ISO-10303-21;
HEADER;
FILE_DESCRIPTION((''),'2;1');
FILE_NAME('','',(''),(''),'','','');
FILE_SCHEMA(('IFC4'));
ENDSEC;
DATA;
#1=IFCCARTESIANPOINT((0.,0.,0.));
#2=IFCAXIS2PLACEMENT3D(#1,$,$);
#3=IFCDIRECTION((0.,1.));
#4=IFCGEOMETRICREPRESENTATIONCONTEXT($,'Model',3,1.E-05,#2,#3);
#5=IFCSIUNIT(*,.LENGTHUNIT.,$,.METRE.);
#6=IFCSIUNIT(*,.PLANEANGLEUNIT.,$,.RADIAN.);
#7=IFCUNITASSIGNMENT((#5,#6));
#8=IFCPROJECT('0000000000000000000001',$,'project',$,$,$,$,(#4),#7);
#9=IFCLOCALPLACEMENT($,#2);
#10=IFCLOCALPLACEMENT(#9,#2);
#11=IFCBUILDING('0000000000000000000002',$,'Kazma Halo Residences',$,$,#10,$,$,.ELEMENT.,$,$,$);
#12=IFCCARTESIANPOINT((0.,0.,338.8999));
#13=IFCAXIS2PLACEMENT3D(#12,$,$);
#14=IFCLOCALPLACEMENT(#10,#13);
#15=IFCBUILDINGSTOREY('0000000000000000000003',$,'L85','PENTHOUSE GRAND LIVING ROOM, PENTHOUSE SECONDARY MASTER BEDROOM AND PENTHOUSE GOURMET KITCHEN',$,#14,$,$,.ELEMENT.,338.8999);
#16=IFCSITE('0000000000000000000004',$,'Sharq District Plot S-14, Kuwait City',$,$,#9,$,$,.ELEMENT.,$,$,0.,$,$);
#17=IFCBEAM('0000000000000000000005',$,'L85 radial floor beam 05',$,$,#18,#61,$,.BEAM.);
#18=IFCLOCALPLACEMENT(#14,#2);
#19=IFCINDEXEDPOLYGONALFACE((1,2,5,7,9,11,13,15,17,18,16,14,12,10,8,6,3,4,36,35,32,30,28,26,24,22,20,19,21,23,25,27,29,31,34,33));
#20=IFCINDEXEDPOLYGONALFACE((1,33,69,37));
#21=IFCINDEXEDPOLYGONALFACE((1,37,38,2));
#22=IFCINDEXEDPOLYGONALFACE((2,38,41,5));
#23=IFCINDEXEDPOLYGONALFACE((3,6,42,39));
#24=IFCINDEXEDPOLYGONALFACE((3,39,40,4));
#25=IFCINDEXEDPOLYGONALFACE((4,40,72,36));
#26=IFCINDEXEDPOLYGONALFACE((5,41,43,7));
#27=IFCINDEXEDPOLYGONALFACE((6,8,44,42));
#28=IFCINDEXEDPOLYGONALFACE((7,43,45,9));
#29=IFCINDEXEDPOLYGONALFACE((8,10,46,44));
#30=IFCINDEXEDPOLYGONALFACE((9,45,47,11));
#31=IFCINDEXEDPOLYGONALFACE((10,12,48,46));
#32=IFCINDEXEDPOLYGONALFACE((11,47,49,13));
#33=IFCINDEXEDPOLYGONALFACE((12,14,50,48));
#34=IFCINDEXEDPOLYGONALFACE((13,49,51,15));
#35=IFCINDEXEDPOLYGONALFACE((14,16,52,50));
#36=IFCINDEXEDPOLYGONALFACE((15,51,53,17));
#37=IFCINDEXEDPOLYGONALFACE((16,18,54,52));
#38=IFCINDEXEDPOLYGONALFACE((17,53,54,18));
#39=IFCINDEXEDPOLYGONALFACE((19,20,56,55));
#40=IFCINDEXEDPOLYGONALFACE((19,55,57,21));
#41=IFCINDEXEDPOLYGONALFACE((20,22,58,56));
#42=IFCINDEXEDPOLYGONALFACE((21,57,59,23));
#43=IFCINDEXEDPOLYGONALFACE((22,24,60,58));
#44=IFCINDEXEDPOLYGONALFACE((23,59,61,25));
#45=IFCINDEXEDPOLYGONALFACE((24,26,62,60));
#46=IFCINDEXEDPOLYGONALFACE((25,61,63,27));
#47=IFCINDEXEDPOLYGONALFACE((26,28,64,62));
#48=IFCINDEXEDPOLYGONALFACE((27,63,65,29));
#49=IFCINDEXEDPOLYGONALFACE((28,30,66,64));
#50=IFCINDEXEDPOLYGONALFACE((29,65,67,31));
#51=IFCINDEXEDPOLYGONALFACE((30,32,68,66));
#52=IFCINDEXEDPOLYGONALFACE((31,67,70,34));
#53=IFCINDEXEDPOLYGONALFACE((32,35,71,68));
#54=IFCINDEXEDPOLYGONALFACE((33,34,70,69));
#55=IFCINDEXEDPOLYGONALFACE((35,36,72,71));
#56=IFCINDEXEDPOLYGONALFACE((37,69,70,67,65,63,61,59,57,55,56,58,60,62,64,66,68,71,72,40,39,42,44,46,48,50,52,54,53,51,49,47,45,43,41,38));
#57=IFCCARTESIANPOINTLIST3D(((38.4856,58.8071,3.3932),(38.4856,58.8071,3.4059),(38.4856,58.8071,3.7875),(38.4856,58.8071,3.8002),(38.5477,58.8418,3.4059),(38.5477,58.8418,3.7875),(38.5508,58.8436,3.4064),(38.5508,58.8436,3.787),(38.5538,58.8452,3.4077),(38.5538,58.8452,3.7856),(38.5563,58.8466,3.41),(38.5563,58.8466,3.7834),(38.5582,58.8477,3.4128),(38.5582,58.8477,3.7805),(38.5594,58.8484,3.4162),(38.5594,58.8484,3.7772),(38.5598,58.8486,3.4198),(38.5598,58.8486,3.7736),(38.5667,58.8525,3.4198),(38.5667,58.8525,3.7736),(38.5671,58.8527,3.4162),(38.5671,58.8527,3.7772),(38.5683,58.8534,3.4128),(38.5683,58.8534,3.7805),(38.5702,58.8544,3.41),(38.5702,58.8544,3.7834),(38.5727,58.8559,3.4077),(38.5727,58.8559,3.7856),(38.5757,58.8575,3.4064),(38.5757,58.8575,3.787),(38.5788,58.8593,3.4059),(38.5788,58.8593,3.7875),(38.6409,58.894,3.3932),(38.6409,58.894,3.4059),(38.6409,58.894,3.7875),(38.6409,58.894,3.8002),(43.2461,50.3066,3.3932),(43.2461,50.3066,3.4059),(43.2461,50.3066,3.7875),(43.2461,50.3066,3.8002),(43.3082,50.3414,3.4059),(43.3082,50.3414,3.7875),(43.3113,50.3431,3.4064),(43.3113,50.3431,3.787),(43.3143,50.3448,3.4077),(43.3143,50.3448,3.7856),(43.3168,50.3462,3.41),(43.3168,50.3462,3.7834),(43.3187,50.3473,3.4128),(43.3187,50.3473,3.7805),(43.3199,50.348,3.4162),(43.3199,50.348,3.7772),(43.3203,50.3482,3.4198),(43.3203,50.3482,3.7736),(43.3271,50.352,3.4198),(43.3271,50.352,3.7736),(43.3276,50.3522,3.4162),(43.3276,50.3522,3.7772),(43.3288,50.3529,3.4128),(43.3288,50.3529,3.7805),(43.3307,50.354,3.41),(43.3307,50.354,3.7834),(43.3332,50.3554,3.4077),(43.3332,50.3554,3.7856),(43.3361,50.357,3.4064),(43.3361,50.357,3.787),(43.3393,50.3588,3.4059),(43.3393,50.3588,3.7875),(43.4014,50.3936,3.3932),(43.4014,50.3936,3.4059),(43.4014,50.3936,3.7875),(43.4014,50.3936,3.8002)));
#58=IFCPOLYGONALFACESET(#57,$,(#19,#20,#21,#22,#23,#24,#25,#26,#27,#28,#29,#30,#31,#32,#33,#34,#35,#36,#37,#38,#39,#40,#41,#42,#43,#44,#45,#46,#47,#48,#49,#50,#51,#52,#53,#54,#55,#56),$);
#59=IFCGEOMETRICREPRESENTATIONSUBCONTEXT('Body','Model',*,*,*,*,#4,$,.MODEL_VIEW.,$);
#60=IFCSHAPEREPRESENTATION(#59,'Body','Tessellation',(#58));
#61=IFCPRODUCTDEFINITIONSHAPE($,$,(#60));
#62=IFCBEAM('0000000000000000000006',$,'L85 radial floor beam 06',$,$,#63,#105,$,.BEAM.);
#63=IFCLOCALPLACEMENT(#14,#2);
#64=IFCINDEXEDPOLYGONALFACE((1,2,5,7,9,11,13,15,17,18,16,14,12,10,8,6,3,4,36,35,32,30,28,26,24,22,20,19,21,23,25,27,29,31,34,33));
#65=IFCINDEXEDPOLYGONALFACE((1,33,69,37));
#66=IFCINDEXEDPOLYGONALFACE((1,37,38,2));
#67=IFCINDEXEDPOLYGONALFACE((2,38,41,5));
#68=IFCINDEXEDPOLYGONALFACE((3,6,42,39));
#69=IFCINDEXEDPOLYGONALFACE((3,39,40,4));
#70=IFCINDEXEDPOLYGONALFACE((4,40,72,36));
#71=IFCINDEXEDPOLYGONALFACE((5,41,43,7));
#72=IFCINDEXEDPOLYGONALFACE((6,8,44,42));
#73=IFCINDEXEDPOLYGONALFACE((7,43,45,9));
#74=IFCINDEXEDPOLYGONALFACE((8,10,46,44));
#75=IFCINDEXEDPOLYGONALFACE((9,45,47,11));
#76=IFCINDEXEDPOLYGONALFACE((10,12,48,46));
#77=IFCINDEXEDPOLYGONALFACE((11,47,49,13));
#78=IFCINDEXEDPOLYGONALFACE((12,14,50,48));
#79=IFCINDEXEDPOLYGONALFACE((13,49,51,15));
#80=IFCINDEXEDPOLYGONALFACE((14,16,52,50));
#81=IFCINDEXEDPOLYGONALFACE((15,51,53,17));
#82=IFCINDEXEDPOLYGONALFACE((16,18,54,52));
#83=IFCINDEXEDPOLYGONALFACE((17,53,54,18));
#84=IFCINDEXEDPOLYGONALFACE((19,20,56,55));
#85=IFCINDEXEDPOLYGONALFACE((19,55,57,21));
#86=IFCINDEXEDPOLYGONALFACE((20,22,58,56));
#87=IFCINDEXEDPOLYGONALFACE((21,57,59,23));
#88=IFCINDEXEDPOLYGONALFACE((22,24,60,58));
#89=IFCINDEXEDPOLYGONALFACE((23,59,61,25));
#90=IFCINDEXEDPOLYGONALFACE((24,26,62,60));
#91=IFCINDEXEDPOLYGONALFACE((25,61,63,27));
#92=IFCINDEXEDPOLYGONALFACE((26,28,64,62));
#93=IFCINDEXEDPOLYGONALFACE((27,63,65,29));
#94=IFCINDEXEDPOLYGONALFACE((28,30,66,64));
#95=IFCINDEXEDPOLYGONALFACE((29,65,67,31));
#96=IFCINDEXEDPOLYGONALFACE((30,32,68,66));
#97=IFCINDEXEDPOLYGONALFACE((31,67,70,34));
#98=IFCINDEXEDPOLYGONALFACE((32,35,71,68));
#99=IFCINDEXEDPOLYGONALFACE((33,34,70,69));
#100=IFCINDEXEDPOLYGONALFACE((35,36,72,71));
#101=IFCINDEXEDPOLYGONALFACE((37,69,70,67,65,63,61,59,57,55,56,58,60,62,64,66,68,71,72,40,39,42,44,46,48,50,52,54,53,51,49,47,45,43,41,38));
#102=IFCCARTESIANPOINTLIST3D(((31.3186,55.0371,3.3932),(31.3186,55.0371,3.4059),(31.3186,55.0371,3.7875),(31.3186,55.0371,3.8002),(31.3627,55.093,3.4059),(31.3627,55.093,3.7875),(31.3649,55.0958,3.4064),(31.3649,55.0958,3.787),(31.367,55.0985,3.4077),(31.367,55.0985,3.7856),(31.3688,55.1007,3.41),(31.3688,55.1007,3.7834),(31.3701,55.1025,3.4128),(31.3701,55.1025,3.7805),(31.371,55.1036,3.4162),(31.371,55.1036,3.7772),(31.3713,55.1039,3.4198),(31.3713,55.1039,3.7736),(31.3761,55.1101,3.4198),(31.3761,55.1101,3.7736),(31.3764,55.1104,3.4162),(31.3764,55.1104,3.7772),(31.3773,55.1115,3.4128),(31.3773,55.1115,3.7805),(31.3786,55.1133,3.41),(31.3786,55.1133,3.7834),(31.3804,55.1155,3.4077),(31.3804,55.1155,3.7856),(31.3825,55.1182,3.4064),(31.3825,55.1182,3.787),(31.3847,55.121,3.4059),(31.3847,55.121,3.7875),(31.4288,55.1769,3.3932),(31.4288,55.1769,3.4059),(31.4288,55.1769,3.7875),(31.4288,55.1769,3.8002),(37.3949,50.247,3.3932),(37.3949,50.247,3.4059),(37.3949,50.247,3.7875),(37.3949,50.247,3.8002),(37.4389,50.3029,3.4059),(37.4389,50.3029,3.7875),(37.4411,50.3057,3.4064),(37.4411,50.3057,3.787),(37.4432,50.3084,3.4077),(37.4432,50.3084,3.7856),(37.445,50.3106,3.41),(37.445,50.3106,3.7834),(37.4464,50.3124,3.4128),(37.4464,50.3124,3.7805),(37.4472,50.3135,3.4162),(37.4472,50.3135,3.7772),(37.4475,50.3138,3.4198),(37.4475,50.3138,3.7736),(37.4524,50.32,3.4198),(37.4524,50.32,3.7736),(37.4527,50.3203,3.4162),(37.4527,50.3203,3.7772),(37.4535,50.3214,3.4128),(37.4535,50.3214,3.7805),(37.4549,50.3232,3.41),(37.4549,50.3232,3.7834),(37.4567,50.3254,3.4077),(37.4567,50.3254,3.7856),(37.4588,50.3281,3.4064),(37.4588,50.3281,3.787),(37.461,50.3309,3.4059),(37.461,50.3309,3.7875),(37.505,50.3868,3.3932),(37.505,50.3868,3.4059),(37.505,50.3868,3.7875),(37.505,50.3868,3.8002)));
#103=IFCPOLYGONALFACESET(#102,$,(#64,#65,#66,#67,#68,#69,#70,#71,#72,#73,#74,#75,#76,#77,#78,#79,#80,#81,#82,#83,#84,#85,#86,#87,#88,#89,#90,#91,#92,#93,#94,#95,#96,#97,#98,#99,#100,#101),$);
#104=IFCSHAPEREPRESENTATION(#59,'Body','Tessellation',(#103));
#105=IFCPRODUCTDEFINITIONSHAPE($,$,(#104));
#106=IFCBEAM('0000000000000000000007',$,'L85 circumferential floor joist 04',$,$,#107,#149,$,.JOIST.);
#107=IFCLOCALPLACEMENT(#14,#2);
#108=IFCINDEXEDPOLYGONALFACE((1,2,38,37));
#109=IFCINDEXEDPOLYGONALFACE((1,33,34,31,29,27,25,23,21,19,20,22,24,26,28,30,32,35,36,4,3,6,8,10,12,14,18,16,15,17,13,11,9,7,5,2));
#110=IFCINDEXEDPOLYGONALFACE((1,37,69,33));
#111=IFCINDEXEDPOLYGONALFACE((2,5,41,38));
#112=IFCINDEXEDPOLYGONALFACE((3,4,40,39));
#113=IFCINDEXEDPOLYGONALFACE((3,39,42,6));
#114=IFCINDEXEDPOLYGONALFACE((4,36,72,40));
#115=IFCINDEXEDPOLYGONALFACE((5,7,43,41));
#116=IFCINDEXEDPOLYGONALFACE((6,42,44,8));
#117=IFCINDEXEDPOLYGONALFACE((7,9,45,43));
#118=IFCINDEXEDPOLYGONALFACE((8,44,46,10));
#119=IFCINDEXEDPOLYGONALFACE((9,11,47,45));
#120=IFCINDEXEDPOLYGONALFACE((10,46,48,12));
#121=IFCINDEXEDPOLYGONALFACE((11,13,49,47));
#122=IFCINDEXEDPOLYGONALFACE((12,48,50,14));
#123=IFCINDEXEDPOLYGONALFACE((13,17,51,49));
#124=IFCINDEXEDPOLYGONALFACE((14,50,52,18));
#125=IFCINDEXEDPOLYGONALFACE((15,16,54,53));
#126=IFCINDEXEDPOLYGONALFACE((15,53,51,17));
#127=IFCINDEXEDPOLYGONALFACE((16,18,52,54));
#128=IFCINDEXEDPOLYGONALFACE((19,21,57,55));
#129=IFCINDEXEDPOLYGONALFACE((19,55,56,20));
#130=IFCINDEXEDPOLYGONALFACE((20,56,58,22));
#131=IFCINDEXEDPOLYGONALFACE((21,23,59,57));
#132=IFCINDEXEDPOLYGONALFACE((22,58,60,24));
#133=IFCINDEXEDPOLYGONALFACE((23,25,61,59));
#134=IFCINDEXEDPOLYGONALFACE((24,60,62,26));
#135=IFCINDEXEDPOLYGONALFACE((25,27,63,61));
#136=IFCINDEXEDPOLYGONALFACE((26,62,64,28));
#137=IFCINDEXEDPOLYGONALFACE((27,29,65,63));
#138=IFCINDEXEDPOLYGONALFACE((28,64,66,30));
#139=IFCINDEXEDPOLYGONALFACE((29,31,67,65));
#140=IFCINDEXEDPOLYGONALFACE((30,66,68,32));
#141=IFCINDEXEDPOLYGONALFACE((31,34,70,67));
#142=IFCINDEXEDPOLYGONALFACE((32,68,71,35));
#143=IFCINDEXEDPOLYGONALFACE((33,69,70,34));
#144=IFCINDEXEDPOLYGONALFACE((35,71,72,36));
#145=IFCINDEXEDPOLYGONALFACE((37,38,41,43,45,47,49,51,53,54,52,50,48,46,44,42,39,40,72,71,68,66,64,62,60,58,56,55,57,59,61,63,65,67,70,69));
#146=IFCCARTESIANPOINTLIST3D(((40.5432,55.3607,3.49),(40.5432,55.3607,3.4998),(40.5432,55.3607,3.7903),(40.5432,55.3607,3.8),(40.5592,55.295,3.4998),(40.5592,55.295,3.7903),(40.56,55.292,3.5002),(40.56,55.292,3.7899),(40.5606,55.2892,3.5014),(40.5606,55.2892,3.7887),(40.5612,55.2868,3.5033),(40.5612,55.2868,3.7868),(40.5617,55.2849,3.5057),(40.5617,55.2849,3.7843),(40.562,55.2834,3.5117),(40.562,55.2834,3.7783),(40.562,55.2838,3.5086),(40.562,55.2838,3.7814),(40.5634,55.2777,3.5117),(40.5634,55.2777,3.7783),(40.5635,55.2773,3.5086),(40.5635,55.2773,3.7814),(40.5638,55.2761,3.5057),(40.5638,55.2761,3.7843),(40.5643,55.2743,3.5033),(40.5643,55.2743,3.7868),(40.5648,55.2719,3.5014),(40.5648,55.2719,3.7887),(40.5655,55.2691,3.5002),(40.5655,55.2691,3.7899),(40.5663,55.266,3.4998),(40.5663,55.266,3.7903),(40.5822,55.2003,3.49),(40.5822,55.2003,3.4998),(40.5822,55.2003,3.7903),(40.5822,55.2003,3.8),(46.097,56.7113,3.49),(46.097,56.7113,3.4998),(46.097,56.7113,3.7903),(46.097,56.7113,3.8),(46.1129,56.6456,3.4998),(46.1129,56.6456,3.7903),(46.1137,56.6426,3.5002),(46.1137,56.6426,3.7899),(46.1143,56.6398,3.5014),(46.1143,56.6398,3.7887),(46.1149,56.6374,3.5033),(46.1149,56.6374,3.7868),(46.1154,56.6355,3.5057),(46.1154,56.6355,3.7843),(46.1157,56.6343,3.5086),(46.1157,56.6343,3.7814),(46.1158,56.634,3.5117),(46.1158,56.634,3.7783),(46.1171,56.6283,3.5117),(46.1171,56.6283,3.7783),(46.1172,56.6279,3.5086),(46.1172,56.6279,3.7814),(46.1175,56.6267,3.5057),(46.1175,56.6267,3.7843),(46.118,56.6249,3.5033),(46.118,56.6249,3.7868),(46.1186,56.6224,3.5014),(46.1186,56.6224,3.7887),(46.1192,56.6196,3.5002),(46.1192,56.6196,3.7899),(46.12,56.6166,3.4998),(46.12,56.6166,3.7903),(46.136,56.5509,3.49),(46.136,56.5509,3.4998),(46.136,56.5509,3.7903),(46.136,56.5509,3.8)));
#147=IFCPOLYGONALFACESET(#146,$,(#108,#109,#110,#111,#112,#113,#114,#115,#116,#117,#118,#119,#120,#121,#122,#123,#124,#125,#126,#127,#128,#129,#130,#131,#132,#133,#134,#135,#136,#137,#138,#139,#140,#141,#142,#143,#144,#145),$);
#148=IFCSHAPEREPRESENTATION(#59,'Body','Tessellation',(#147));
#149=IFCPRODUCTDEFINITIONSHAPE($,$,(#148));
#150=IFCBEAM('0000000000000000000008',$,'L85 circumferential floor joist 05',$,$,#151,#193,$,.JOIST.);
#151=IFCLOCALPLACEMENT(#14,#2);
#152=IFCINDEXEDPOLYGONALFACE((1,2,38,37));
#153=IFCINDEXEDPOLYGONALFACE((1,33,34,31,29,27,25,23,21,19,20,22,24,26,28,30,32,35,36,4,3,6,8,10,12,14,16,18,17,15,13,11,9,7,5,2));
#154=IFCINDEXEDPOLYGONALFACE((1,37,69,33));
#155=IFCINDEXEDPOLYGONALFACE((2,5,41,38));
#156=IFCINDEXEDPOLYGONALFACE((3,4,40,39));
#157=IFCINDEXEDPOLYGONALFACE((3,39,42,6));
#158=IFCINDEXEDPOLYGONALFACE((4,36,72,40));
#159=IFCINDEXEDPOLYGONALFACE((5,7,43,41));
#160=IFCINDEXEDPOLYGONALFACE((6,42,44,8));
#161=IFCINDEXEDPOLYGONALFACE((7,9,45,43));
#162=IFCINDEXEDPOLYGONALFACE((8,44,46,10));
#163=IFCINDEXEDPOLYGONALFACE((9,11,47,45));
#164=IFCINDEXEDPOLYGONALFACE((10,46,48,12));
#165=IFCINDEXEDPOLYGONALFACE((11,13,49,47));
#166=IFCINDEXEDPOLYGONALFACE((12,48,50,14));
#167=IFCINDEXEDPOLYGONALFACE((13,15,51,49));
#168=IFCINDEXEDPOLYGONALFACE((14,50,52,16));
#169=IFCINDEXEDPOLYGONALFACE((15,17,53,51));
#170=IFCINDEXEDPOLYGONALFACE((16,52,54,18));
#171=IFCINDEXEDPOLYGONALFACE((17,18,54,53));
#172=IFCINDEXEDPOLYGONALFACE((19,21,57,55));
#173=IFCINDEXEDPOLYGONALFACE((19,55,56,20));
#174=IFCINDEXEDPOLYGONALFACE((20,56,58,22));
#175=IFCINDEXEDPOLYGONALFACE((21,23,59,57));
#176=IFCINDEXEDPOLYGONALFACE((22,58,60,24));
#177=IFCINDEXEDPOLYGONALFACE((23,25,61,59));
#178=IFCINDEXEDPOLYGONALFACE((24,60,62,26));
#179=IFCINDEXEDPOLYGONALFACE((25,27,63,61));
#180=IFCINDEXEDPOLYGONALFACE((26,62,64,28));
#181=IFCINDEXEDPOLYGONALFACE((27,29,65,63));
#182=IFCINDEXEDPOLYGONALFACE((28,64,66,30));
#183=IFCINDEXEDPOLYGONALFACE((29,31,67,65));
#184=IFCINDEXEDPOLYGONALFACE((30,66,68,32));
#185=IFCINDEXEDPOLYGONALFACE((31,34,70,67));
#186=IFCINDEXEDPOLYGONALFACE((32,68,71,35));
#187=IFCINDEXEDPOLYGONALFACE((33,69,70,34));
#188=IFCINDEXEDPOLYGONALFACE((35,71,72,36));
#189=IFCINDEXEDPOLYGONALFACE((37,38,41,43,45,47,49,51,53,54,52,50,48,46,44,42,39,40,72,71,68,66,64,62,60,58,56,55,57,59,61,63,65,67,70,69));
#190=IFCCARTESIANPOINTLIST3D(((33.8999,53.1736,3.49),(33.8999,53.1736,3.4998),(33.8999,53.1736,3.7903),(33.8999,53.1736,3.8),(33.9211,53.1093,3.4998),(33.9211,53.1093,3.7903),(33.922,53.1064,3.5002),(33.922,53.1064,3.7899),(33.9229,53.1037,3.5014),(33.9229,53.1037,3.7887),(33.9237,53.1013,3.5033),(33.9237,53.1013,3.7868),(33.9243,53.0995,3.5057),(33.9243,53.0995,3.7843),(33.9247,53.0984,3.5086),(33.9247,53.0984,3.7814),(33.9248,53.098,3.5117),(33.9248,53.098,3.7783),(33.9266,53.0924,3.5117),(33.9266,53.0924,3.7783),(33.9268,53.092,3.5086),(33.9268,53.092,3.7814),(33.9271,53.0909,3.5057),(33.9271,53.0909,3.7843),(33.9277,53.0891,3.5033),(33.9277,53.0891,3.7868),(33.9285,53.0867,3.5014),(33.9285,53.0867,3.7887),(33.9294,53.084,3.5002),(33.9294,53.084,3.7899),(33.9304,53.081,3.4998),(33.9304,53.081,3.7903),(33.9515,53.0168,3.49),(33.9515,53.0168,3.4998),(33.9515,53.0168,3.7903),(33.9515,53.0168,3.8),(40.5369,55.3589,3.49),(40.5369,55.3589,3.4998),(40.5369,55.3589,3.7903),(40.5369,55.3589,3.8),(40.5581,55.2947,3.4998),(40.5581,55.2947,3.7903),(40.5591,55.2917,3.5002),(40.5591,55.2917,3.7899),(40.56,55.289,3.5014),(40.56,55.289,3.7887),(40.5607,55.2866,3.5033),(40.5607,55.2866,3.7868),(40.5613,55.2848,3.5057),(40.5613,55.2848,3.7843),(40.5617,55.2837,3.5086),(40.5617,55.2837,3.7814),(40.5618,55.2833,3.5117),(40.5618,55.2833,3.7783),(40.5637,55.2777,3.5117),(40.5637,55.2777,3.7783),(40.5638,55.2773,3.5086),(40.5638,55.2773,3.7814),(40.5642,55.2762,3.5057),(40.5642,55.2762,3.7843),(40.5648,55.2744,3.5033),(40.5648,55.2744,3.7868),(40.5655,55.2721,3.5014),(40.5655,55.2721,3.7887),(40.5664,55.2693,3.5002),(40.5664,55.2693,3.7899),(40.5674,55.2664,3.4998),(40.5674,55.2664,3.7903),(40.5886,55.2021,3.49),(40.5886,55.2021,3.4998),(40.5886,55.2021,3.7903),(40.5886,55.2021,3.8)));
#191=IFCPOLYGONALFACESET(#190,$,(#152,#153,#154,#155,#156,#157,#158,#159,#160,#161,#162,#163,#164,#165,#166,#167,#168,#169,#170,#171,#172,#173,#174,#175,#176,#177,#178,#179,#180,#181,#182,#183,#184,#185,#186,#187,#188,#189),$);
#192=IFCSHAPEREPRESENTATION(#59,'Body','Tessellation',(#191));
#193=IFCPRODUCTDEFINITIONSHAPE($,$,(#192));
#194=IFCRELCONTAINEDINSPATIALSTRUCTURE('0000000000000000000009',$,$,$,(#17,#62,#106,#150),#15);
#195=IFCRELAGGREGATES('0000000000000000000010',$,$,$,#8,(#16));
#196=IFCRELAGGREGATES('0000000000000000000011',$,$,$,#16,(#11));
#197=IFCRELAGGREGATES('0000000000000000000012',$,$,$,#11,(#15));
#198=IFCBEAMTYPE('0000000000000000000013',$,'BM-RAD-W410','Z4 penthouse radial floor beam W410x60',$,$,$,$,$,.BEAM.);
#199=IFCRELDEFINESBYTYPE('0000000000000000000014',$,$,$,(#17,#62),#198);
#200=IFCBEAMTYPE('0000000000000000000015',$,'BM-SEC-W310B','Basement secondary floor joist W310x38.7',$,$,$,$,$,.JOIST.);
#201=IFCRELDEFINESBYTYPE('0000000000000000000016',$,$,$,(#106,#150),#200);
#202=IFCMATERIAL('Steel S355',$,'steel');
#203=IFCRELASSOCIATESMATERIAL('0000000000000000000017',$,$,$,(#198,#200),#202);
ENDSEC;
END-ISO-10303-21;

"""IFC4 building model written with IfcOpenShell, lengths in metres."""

from ifc_helpers import new_model, si_unit, direction, frame, origin, origin_2d, place, context, subcontext, project, spatial, i_section, extrude, material, material_profile, profile_set, type_object, element, save


model = new_model("IFC4")

# Units and contexts
model_context = context("Model", 3, precision=1e-05, world=origin(), true_north=direction((0.0, 1.0)))
body_context = subcontext(model_context, "Body", "Model", "MODEL_VIEW")
ifc_project = project(units=[si_unit("LENGTHUNIT", "METRE"), si_unit("PLANEANGLEUNIT", "RADIAN")], contexts=[model_context])

# Site, building, storey
site_placement = place(None, origin())
site = spatial("IfcSite", under=ifc_project, at=site_placement, Name="Sharq District Plot S-14, Kuwait City", CompositionType="ELEMENT", RefElevation=0.0)
building_placement = place(site_placement, origin())
building = spatial("IfcBuilding", under=site, at=building_placement, Name="Kazma Halo Residences", CompositionType="ELEMENT")
storey_placement = place(building_placement, frame((0.0, 0.0, 338.8999)))
storey = spatial("IfcBuildingStorey", under=building, at=storey_placement, Name="L85", Description="PENTHOUSE GRAND LIVING ROOM, PENTHOUSE SECONDARY MASTER BEDROOM AND PENTHOUSE GOURMET KITCHEN", CompositionType="ELEMENT", Elevation=338.8999)

# Beams
ifc_material_1 = material(Name="Steel S355", Category="steel")
ifc_material_profile_1 = material_profile(ifc_material_1, i_section(OverallWidth=0.178, OverallDepth=0.407, WebThickness=0.0078, FlangeThickness=0.0127, FilletRadius=0.0139, at=origin_2d()), Name="W410x60")
ifc_profile_set_1 = profile_set([ifc_material_profile_1], Name="Steel S355")
beam_type_1 = type_object("IfcBeamType", Name="BM-RAD-W410", Description="Z4 penthouse radial floor beam W410x60", PredefinedType="BEAM", material=ifc_profile_set_1)
beam_1_placement = place(storey_placement, frame((43.3237, 50.3501, 3.5967), z_axis=(-0.488621, 0.872496, 0.0), x_axis=(-0.872496, -0.488621, 0.0)))
element("IfcBeam", 1, at=beam_1_placement, inside=storey, type_object=beam_type_1, Name="L85 radial floor beam 05", PredefinedType="BEAM", context=body_context, shape_type="SweptSolid", body=[
    extrude(i_section(OverallWidth=0.178, OverallDepth=0.407, WebThickness=0.0078, FlangeThickness=0.0127, FilletRadius=0.0139, at=origin_2d()), origin(), (0.0, 0.0, 1.0), 9.7427),
])
beam_2_placement = place(storey_placement, frame((37.45, 50.3169, 3.5967), z_axis=(-0.785319, 0.619092, 0.0), x_axis=(-0.619092, -0.785319, 0.0)))
element("IfcBeam", 2, at=beam_2_placement, inside=storey, type_object=beam_type_1, Name="L85 radial floor beam 06", PredefinedType="BEAM", context=body_context, shape_type="SweptSolid", body=[
    extrude(i_section(OverallWidth=0.178, OverallDepth=0.407, WebThickness=0.0078, FlangeThickness=0.0127, FilletRadius=0.0139, at=origin_2d()), origin(), (0.0, 0.0, 1.0), 7.7373),
])
ifc_material_profile_2 = material_profile(ifc_material_1, i_section(OverallWidth=0.165, OverallDepth=0.3101, WebThickness=0.0059, FlangeThickness=0.0098, FilletRadius=0.012, at=origin_2d()), Name="W310x38.7")
ifc_profile_set_2 = profile_set([ifc_material_profile_2], Name="Steel S355")
beam_type_2 = type_object("IfcBeamType", Name="BM-SEC-W310B", Description="Basement secondary floor joist W310x38.7", PredefinedType="JOIST", material=ifc_profile_set_2)
beam_3_placement = place(storey_placement, frame((46.1165, 56.6311, 3.645), z_axis=(-0.97168, -0.236299, 0.0), x_axis=(0.236299, -0.97168, 0.0)))
element("IfcBeam", 3, at=beam_3_placement, inside=storey, type_object=beam_type_2, Name="L85 circumferential floor joist 04", PredefinedType="JOIST", context=body_context, shape_type="SweptSolid", body=[
    extrude(i_section(OverallWidth=0.165, OverallDepth=0.3101, WebThickness=0.0059, FlangeThickness=0.0098, FilletRadius=0.012, at=origin_2d()), origin(), (0.0, 0.0, 1.0), 5.7156),
])
beam_4_placement = place(storey_placement, frame((40.5627, 55.2805, 3.645), z_axis=(-0.949837, -0.312746, 0.0), x_axis=(0.312746, -0.949837, 0.0)))
element("IfcBeam", 4, at=beam_4_placement, inside=storey, type_object=beam_type_2, Name="L85 circumferential floor joist 05", PredefinedType="JOIST", context=body_context, shape_type="SweptSolid", body=[
    extrude(i_section(OverallWidth=0.165, OverallDepth=0.3101, WebThickness=0.0059, FlangeThickness=0.0098, FilletRadius=0.012, at=origin_2d()), origin(), (0.0, 0.0, 1.0), 6.9875),
])

save(model, "model.ifc")
